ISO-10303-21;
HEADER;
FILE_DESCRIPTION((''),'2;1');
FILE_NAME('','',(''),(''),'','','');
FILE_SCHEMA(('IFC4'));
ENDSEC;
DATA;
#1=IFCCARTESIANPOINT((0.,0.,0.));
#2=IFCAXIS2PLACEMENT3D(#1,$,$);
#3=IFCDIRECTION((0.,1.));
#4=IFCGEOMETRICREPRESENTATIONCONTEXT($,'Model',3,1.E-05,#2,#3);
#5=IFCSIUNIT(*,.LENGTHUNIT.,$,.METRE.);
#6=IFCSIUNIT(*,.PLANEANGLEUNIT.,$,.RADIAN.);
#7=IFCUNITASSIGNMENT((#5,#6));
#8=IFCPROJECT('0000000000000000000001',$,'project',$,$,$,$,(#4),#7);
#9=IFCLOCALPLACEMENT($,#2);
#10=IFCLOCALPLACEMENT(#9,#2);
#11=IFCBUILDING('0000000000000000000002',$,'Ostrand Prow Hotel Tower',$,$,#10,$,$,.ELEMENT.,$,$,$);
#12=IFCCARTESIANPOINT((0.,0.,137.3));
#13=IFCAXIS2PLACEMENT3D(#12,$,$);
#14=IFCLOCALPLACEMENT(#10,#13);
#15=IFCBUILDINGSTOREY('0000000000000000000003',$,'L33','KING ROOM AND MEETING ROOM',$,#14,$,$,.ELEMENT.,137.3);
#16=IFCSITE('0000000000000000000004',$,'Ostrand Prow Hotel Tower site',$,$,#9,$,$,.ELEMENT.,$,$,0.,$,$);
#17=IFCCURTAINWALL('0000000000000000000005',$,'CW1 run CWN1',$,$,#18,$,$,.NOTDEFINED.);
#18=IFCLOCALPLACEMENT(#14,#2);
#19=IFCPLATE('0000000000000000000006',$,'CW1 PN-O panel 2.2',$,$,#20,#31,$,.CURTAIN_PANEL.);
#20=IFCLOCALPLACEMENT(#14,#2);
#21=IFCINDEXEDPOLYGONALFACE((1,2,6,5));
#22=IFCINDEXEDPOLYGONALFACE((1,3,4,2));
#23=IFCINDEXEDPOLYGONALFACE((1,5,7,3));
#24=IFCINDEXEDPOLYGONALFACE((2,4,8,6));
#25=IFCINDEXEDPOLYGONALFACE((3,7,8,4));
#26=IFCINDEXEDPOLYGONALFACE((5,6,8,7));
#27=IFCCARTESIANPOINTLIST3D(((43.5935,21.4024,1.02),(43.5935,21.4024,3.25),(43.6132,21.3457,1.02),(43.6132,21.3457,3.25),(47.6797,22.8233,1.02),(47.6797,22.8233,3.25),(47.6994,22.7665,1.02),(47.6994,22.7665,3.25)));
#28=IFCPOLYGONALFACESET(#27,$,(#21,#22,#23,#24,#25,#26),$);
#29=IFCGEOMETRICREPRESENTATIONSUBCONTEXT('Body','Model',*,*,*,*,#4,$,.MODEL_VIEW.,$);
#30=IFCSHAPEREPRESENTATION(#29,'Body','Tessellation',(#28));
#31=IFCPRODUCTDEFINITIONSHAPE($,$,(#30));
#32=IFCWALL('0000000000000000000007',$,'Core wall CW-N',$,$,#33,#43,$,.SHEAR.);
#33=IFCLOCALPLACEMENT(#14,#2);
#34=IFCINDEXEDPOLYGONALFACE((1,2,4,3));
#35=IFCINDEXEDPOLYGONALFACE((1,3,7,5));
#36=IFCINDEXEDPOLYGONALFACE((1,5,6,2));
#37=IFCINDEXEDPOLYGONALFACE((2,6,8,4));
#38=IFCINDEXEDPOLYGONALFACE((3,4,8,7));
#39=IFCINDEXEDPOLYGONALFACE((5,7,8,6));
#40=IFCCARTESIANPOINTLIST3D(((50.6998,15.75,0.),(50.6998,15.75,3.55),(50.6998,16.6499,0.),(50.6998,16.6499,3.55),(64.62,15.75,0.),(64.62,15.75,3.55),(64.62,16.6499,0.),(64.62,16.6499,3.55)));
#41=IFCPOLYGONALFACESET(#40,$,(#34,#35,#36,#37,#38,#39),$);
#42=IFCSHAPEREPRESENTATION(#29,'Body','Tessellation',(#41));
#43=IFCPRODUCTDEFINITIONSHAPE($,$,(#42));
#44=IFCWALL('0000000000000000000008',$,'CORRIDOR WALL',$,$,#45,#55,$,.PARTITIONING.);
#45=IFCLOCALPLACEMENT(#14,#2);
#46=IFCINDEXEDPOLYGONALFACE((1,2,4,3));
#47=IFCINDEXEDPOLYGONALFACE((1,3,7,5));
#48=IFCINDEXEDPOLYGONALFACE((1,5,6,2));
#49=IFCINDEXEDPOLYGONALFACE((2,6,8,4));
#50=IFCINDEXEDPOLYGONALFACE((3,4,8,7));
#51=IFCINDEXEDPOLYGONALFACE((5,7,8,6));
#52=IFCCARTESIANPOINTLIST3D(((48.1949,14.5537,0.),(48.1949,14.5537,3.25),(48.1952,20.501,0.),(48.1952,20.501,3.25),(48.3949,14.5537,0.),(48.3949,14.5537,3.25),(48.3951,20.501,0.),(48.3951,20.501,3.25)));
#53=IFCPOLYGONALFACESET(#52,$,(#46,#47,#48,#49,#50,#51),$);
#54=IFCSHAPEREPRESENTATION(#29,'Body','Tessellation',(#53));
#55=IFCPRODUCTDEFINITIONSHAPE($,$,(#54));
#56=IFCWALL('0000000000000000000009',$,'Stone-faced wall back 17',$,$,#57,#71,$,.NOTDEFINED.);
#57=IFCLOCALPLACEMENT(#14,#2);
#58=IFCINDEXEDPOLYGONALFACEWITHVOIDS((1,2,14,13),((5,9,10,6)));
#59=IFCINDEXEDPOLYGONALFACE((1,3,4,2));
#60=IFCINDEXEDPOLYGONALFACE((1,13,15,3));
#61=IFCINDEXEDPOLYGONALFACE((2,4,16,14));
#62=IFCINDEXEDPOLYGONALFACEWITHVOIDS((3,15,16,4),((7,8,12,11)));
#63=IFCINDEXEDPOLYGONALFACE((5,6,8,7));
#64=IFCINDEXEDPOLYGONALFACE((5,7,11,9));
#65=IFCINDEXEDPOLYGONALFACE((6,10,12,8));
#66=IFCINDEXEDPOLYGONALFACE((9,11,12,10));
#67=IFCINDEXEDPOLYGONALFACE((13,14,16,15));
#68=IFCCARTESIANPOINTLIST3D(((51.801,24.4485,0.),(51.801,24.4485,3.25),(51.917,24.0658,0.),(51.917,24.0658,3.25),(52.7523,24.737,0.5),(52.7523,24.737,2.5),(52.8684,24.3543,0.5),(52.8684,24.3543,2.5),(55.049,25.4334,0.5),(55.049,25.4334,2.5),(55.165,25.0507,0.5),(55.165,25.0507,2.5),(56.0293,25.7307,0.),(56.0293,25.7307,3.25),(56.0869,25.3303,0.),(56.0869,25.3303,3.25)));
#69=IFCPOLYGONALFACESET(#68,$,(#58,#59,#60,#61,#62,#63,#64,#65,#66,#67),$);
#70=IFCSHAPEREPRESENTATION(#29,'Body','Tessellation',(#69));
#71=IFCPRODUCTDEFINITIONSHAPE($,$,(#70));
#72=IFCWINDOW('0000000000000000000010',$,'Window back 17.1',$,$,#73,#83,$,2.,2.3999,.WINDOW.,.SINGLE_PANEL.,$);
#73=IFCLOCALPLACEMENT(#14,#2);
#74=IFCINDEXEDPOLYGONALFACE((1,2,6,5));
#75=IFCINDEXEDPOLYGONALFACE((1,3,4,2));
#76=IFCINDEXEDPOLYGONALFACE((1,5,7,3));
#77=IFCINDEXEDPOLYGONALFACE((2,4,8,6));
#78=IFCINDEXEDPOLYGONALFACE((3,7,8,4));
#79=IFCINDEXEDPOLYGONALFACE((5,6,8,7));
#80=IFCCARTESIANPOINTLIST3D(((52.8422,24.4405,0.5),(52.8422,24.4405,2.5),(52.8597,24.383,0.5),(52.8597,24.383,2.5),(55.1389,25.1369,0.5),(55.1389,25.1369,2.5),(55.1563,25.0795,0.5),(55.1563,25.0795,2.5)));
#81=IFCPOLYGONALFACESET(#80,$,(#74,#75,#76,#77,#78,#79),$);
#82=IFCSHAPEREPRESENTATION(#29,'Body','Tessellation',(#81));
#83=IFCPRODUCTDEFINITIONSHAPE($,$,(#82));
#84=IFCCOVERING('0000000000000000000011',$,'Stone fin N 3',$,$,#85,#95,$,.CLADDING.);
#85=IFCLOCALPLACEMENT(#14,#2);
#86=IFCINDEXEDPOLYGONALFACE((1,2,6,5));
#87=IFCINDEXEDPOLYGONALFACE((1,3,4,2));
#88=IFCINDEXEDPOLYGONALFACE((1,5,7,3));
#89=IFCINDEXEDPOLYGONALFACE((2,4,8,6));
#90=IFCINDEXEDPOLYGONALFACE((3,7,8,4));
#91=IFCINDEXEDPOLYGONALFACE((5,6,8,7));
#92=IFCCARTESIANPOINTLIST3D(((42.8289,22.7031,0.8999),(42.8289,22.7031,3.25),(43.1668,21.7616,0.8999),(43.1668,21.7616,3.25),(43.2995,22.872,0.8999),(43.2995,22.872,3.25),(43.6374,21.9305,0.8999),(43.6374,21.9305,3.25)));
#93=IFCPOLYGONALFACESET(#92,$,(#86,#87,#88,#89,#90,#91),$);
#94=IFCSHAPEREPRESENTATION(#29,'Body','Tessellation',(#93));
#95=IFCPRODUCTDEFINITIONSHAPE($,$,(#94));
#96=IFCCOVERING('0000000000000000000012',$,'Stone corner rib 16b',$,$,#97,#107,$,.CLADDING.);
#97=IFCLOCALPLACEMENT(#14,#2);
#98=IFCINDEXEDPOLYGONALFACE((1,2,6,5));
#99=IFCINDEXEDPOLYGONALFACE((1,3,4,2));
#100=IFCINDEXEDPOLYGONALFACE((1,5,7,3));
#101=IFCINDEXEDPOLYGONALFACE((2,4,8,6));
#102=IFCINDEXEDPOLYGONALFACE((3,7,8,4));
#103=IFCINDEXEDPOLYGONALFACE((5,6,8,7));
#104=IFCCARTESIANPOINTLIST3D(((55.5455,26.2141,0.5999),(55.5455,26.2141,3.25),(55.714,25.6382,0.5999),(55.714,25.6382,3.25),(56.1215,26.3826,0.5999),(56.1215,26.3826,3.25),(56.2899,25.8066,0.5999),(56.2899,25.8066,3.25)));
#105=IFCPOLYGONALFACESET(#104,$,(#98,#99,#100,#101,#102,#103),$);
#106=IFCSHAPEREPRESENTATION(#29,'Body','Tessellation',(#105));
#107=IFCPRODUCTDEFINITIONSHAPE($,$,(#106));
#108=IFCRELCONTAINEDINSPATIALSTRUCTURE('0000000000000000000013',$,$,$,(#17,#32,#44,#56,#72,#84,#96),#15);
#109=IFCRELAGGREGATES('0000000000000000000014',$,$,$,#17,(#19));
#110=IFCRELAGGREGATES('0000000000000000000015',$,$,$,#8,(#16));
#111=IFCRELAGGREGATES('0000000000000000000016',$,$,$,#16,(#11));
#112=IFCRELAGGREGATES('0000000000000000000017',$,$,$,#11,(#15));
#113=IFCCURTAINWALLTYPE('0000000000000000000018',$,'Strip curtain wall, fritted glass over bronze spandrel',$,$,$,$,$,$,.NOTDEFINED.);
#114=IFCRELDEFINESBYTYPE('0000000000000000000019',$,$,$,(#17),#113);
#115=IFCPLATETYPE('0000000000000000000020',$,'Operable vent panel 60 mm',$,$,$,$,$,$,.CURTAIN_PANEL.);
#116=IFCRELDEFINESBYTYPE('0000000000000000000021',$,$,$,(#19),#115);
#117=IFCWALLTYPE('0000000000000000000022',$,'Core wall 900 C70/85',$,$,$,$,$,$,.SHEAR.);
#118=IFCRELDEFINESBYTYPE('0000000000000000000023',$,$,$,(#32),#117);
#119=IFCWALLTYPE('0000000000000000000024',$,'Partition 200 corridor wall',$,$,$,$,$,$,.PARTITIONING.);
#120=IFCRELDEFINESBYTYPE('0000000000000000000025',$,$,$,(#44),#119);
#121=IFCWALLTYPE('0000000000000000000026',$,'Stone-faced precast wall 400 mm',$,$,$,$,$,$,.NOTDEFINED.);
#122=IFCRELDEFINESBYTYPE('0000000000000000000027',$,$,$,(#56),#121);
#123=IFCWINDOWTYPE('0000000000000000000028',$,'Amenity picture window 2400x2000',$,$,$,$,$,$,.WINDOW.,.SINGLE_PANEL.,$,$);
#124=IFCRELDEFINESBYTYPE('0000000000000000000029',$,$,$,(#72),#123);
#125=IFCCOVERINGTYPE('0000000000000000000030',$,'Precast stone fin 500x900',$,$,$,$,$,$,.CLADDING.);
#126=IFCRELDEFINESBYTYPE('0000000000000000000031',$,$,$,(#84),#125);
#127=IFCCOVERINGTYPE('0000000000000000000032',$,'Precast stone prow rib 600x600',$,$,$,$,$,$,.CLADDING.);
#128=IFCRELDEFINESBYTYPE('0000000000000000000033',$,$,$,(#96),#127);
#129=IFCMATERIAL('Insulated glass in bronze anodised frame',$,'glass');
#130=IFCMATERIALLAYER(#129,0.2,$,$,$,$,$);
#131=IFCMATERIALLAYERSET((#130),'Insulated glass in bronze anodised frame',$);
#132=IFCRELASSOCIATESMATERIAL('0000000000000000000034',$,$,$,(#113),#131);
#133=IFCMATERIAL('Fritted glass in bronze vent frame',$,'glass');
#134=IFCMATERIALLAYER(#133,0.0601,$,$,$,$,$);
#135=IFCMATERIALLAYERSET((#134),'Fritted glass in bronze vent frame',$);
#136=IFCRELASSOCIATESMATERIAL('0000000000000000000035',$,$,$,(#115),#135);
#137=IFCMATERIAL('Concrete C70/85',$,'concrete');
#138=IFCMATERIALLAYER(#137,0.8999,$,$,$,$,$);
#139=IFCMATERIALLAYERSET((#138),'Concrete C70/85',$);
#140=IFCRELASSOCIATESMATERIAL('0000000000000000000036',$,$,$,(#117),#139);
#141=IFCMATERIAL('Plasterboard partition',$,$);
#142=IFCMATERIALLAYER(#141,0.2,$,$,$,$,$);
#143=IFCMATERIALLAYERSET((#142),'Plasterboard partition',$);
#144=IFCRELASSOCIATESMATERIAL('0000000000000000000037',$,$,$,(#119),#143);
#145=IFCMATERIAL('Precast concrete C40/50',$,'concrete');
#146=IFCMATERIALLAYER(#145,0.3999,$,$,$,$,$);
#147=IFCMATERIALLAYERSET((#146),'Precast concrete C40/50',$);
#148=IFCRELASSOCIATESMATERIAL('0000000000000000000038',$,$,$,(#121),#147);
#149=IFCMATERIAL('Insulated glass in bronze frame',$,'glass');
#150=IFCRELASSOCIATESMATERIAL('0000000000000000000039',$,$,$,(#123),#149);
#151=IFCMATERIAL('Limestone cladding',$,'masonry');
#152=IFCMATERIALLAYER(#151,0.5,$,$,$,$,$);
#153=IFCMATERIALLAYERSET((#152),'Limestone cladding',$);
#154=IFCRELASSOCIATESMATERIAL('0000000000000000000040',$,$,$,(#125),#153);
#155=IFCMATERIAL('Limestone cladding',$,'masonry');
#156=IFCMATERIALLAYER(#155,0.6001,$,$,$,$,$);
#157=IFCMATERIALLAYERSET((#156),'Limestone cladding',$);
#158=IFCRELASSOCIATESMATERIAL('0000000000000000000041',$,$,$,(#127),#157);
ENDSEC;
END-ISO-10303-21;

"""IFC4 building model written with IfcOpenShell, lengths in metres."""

from ifc_helpers import new_model, si_unit, direction, frame, frame_2d, origin, origin_2d, place, context, subcontext, project, spatial, polyline, rectangle, outline, extrude, material, layer, layer_set, type_object, element, fill, aggregate, save


model = new_model("IFC4")

# Units and contexts
model_context = context("Model", 3, precision=1e-05, world=origin(), true_north=direction((0.0, 1.0)))
body_context = subcontext(model_context, "Body", "Model", "MODEL_VIEW")
ifc_project = project(units=[si_unit("LENGTHUNIT", "METRE"), si_unit("PLANEANGLEUNIT", "RADIAN")], contexts=[model_context])

# Site, building, storey
site_placement = place(None, origin())
site = spatial("IfcSite", under=ifc_project, at=site_placement, Name="Ostrand Prow Hotel Tower site", CompositionType="ELEMENT", RefElevation=0.0)
building_placement = place(site_placement, origin())
building = spatial("IfcBuilding", under=site, at=building_placement, Name="Ostrand Prow Hotel Tower", CompositionType="ELEMENT")
storey_placement = place(building_placement, frame((0.0, 0.0, 137.3)))
storey = spatial("IfcBuildingStorey", under=building, at=storey_placement, Name="L33", Description="KING ROOM AND MEETING ROOM", CompositionType="ELEMENT", Elevation=137.3)

# Curtain wall
ifc_material_1 = material(Name="Insulated glass in bronze anodised frame", Category="glass")
ifc_layer_1 = layer(ifc_material_1, 0.2)
ifc_layer_set_1 = layer_set([ifc_layer_1], Name="Insulated glass in bronze anodised frame")
curtain_wall_type = type_object("IfcCurtainWallType", Name="Strip curtain wall, fritted glass over bronze spandrel", PredefinedType="NOTDEFINED", material=ifc_layer_set_1)
curtain_wall_1_placement = place(storey_placement, origin())
curtain_wall_1 = element("IfcCurtainWall", 1, at=curtain_wall_1_placement, inside=storey, type_object=curtain_wall_type, Name="CW1 run CWN1", PredefinedType="NOTDEFINED")

# Plate
ifc_material_2 = material(Name="Fritted glass in bronze vent frame", Category="glass")
ifc_layer_2 = layer(ifc_material_2, 0.0601)
ifc_layer_set_2 = layer_set([ifc_layer_2], Name="Fritted glass in bronze vent frame")
plate_type_1 = type_object("IfcPlateType", Name="Operable vent panel 60 mm", PredefinedType="CURTAIN_PANEL", material=ifc_layer_set_2)
plate_1_placement = place(storey_placement, frame((45.6465, 22.0845, 1.02), z_axis=(0.0, 0.0, 1.0), x_axis=(-0.944529, -0.328428, 0.0)))
plate_1 = element("IfcPlate", 2, at=plate_1_placement, type_object=plate_type_1, Name="CW1 PN-O panel 2.2", PredefinedType="CURTAIN_PANEL", context=body_context, shape_type="SweptSolid", body=[
    extrude(rectangle(XDim=4.3262, YDim=0.0601, at=origin_2d()), origin(), (0.0, 0.0, 1.0), 2.23),
])
aggregate(curtain_wall_1, [plate_1])

# Walls
ifc_material_3 = material(Name="Concrete C70/85", Category="concrete")
ifc_layer_3 = layer(ifc_material_3, 0.8999)
ifc_layer_set_3 = layer_set([ifc_layer_3], Name="Concrete C70/85")
wall_type_1 = type_object("IfcWallType", Name="Core wall 900 C70/85", PredefinedType="SHEAR", material=ifc_layer_set_3)
wall_1_placement = place(storey_placement, frame((50.7, 16.2, 0.0), z_axis=(0.0, 0.0, 1.0), x_axis=(1.0, 0.0, 0.0)))
element("IfcWall", 3, at=wall_1_placement, inside=storey, type_object=wall_type_1, Name="Core wall CW-N", PredefinedType="SHEAR", context=body_context, shape_type="SweptSolid", body=[
    extrude(rectangle(XDim=13.9202, YDim=0.8999, at=frame_2d((6.96, 0.0))), origin(), (0.0, 0.0, 1.0), 3.55),
])
ifc_material_4 = material(Name="Plasterboard partition")
ifc_layer_4 = layer(ifc_material_4, 0.2)
ifc_layer_set_4 = layer_set([ifc_layer_4], Name="Plasterboard partition")
wall_type_2 = type_object("IfcWallType", Name="Partition 200 corridor wall", PredefinedType="PARTITIONING", material=ifc_layer_set_4)
wall_2_placement = place(storey_placement, frame((48.2952, 20.501, 0.0), z_axis=(0.0, 0.0, 1.0), x_axis=(-0.000041, -1.0, 0.0)))
element("IfcWall", 4, at=wall_2_placement, inside=storey, type_object=wall_type_2, Name="CORRIDOR WALL", PredefinedType="PARTITIONING", context=body_context, shape_type="SweptSolid", body=[
    extrude(rectangle(XDim=5.9473, YDim=0.2, at=frame_2d((2.9736, 0.0))), origin(), (0.0, 0.0, 1.0), 3.25),
])

# Wall, opening, window
ifc_material_5 = material(Name="Precast concrete C40/50", Category="concrete")
ifc_layer_5 = layer(ifc_material_5, 0.3999)
ifc_layer_set_5 = layer_set([ifc_layer_5], Name="Precast concrete C40/50")
wall_type_3 = type_object("IfcWallType", Name="Stone-faced precast wall 400 mm", PredefinedType="NOTDEFINED", material=ifc_layer_set_5)
wall_3_placement = place(storey_placement, frame((56.0581, 25.5305, 0.0), z_axis=(0.0, 0.0, 1.0), x_axis=(-0.956964, -0.290205, 0.0)))
wall_3 = element("IfcWall", 5, at=wall_3_placement, inside=storey, type_object=wall_type_3, Name="Stone-faced wall back 17", PredefinedType="NOTDEFINED", context=body_context, shape_type="SweptSolid", body=[
    extrude(outline(polyline([(-0.0305, -0.2), (4.3879, -0.2), (4.3879, 0.2), (0.0305, 0.2), (-0.0305, -0.2)])), origin(), (0.0, 0.0, 1.0), 3.25),
])
opening_placement = place(wall_3_placement, frame((0.9939, 0.0, 0.5)))
opening = element("IfcOpeningElement", 6, at=opening_placement, cuts=wall_3, PredefinedType="OPENING", context=body_context, shape_type="SweptSolid", body=[
    extrude(rectangle(XDim=2.3999, YDim=2.0, at=frame_2d((1.2, 1.0))), frame((0.0, 0.21, 0.0), z_axis=(0.0, -1.0, 0.0), x_axis=(1.0, 0.0, 0.0)), (0.0, 0.0, 1.0), 0.4199),
])
ifc_material_6 = material(Name="Insulated glass in bronze frame", Category="glass")
window_type = type_object("IfcWindowType", Name="Amenity picture window 2400x2000", PartitioningType="SINGLE_PANEL", PredefinedType="WINDOW", material=ifc_material_6)
window_placement = place(opening_placement, origin())
window = element("IfcWindow", 7, at=window_placement, inside=storey, type_object=window_type, Name="Window back 17.1", OverallHeight=2.0, OverallWidth=2.3999, PartitioningType="SINGLE_PANEL", PredefinedType="WINDOW", context=body_context, shape_type="SweptSolid", body=[
    extrude(rectangle(XDim=2.3999, YDim=2.0, at=frame_2d((1.2, 1.0))), frame((0.0, 0.1699, 0.0), z_axis=(0.0, -1.0, 0.0), x_axis=(1.0, 0.0, 0.0)), (0.0, 0.0, 1.0), 0.0601),
])
fill(opening, window)

# Coverings
ifc_material_7 = material(Name="Limestone cladding", Category="masonry")
ifc_layer_6 = layer(ifc_material_7, 0.5)
ifc_layer_set_6 = layer_set([ifc_layer_6], Name="Limestone cladding")
covering_type_1 = type_object("IfcCoveringType", Name="Precast stone fin 500x900", PredefinedType="CLADDING", material=ifc_layer_set_6)
covering_1_placement = place(storey_placement, frame((43.4021, 21.8462, 0.8999), z_axis=(0.0, 0.0, 1.0), x_axis=(-0.33782, 0.941211, 0.0)))
element("IfcCovering", 8, at=covering_1_placement, inside=storey, type_object=covering_type_1, Name="Stone fin N 3", PredefinedType="CLADDING", context=body_context, shape_type="SweptSolid", body=[
    extrude(rectangle(XDim=1.0002, YDim=0.5, at=frame_2d((0.5, 0.0))), origin(), (0.0, 0.0, 1.0), 2.3501),
])
ifc_material_8 = material(Name="Limestone cladding", Category="masonry")
ifc_layer_7 = layer(ifc_material_8, 0.6001)
ifc_layer_set_7 = layer_set([ifc_layer_7], Name="Limestone cladding")
covering_type_2 = type_object("IfcCoveringType", Name="Precast stone prow rib 600x600", PredefinedType="CLADDING", material=ifc_layer_set_7)
covering_2_placement = place(storey_placement, frame((56.002, 25.7224, 0.5999), z_axis=(0.0, 0.0, 1.0), x_axis=(-0.280734, 0.959786, 0.0)))
element("IfcCovering", 9, at=covering_2_placement, inside=storey, type_object=covering_type_2, Name="Stone corner rib 16b", PredefinedType="CLADDING", context=body_context, shape_type="SweptSolid", body=[
    extrude(rectangle(XDim=0.6001, YDim=0.6001, at=frame_2d((0.3, 0.0))), origin(), (0.0, 0.0, 1.0), 2.6501),
])

save(model, "model.ifc")
